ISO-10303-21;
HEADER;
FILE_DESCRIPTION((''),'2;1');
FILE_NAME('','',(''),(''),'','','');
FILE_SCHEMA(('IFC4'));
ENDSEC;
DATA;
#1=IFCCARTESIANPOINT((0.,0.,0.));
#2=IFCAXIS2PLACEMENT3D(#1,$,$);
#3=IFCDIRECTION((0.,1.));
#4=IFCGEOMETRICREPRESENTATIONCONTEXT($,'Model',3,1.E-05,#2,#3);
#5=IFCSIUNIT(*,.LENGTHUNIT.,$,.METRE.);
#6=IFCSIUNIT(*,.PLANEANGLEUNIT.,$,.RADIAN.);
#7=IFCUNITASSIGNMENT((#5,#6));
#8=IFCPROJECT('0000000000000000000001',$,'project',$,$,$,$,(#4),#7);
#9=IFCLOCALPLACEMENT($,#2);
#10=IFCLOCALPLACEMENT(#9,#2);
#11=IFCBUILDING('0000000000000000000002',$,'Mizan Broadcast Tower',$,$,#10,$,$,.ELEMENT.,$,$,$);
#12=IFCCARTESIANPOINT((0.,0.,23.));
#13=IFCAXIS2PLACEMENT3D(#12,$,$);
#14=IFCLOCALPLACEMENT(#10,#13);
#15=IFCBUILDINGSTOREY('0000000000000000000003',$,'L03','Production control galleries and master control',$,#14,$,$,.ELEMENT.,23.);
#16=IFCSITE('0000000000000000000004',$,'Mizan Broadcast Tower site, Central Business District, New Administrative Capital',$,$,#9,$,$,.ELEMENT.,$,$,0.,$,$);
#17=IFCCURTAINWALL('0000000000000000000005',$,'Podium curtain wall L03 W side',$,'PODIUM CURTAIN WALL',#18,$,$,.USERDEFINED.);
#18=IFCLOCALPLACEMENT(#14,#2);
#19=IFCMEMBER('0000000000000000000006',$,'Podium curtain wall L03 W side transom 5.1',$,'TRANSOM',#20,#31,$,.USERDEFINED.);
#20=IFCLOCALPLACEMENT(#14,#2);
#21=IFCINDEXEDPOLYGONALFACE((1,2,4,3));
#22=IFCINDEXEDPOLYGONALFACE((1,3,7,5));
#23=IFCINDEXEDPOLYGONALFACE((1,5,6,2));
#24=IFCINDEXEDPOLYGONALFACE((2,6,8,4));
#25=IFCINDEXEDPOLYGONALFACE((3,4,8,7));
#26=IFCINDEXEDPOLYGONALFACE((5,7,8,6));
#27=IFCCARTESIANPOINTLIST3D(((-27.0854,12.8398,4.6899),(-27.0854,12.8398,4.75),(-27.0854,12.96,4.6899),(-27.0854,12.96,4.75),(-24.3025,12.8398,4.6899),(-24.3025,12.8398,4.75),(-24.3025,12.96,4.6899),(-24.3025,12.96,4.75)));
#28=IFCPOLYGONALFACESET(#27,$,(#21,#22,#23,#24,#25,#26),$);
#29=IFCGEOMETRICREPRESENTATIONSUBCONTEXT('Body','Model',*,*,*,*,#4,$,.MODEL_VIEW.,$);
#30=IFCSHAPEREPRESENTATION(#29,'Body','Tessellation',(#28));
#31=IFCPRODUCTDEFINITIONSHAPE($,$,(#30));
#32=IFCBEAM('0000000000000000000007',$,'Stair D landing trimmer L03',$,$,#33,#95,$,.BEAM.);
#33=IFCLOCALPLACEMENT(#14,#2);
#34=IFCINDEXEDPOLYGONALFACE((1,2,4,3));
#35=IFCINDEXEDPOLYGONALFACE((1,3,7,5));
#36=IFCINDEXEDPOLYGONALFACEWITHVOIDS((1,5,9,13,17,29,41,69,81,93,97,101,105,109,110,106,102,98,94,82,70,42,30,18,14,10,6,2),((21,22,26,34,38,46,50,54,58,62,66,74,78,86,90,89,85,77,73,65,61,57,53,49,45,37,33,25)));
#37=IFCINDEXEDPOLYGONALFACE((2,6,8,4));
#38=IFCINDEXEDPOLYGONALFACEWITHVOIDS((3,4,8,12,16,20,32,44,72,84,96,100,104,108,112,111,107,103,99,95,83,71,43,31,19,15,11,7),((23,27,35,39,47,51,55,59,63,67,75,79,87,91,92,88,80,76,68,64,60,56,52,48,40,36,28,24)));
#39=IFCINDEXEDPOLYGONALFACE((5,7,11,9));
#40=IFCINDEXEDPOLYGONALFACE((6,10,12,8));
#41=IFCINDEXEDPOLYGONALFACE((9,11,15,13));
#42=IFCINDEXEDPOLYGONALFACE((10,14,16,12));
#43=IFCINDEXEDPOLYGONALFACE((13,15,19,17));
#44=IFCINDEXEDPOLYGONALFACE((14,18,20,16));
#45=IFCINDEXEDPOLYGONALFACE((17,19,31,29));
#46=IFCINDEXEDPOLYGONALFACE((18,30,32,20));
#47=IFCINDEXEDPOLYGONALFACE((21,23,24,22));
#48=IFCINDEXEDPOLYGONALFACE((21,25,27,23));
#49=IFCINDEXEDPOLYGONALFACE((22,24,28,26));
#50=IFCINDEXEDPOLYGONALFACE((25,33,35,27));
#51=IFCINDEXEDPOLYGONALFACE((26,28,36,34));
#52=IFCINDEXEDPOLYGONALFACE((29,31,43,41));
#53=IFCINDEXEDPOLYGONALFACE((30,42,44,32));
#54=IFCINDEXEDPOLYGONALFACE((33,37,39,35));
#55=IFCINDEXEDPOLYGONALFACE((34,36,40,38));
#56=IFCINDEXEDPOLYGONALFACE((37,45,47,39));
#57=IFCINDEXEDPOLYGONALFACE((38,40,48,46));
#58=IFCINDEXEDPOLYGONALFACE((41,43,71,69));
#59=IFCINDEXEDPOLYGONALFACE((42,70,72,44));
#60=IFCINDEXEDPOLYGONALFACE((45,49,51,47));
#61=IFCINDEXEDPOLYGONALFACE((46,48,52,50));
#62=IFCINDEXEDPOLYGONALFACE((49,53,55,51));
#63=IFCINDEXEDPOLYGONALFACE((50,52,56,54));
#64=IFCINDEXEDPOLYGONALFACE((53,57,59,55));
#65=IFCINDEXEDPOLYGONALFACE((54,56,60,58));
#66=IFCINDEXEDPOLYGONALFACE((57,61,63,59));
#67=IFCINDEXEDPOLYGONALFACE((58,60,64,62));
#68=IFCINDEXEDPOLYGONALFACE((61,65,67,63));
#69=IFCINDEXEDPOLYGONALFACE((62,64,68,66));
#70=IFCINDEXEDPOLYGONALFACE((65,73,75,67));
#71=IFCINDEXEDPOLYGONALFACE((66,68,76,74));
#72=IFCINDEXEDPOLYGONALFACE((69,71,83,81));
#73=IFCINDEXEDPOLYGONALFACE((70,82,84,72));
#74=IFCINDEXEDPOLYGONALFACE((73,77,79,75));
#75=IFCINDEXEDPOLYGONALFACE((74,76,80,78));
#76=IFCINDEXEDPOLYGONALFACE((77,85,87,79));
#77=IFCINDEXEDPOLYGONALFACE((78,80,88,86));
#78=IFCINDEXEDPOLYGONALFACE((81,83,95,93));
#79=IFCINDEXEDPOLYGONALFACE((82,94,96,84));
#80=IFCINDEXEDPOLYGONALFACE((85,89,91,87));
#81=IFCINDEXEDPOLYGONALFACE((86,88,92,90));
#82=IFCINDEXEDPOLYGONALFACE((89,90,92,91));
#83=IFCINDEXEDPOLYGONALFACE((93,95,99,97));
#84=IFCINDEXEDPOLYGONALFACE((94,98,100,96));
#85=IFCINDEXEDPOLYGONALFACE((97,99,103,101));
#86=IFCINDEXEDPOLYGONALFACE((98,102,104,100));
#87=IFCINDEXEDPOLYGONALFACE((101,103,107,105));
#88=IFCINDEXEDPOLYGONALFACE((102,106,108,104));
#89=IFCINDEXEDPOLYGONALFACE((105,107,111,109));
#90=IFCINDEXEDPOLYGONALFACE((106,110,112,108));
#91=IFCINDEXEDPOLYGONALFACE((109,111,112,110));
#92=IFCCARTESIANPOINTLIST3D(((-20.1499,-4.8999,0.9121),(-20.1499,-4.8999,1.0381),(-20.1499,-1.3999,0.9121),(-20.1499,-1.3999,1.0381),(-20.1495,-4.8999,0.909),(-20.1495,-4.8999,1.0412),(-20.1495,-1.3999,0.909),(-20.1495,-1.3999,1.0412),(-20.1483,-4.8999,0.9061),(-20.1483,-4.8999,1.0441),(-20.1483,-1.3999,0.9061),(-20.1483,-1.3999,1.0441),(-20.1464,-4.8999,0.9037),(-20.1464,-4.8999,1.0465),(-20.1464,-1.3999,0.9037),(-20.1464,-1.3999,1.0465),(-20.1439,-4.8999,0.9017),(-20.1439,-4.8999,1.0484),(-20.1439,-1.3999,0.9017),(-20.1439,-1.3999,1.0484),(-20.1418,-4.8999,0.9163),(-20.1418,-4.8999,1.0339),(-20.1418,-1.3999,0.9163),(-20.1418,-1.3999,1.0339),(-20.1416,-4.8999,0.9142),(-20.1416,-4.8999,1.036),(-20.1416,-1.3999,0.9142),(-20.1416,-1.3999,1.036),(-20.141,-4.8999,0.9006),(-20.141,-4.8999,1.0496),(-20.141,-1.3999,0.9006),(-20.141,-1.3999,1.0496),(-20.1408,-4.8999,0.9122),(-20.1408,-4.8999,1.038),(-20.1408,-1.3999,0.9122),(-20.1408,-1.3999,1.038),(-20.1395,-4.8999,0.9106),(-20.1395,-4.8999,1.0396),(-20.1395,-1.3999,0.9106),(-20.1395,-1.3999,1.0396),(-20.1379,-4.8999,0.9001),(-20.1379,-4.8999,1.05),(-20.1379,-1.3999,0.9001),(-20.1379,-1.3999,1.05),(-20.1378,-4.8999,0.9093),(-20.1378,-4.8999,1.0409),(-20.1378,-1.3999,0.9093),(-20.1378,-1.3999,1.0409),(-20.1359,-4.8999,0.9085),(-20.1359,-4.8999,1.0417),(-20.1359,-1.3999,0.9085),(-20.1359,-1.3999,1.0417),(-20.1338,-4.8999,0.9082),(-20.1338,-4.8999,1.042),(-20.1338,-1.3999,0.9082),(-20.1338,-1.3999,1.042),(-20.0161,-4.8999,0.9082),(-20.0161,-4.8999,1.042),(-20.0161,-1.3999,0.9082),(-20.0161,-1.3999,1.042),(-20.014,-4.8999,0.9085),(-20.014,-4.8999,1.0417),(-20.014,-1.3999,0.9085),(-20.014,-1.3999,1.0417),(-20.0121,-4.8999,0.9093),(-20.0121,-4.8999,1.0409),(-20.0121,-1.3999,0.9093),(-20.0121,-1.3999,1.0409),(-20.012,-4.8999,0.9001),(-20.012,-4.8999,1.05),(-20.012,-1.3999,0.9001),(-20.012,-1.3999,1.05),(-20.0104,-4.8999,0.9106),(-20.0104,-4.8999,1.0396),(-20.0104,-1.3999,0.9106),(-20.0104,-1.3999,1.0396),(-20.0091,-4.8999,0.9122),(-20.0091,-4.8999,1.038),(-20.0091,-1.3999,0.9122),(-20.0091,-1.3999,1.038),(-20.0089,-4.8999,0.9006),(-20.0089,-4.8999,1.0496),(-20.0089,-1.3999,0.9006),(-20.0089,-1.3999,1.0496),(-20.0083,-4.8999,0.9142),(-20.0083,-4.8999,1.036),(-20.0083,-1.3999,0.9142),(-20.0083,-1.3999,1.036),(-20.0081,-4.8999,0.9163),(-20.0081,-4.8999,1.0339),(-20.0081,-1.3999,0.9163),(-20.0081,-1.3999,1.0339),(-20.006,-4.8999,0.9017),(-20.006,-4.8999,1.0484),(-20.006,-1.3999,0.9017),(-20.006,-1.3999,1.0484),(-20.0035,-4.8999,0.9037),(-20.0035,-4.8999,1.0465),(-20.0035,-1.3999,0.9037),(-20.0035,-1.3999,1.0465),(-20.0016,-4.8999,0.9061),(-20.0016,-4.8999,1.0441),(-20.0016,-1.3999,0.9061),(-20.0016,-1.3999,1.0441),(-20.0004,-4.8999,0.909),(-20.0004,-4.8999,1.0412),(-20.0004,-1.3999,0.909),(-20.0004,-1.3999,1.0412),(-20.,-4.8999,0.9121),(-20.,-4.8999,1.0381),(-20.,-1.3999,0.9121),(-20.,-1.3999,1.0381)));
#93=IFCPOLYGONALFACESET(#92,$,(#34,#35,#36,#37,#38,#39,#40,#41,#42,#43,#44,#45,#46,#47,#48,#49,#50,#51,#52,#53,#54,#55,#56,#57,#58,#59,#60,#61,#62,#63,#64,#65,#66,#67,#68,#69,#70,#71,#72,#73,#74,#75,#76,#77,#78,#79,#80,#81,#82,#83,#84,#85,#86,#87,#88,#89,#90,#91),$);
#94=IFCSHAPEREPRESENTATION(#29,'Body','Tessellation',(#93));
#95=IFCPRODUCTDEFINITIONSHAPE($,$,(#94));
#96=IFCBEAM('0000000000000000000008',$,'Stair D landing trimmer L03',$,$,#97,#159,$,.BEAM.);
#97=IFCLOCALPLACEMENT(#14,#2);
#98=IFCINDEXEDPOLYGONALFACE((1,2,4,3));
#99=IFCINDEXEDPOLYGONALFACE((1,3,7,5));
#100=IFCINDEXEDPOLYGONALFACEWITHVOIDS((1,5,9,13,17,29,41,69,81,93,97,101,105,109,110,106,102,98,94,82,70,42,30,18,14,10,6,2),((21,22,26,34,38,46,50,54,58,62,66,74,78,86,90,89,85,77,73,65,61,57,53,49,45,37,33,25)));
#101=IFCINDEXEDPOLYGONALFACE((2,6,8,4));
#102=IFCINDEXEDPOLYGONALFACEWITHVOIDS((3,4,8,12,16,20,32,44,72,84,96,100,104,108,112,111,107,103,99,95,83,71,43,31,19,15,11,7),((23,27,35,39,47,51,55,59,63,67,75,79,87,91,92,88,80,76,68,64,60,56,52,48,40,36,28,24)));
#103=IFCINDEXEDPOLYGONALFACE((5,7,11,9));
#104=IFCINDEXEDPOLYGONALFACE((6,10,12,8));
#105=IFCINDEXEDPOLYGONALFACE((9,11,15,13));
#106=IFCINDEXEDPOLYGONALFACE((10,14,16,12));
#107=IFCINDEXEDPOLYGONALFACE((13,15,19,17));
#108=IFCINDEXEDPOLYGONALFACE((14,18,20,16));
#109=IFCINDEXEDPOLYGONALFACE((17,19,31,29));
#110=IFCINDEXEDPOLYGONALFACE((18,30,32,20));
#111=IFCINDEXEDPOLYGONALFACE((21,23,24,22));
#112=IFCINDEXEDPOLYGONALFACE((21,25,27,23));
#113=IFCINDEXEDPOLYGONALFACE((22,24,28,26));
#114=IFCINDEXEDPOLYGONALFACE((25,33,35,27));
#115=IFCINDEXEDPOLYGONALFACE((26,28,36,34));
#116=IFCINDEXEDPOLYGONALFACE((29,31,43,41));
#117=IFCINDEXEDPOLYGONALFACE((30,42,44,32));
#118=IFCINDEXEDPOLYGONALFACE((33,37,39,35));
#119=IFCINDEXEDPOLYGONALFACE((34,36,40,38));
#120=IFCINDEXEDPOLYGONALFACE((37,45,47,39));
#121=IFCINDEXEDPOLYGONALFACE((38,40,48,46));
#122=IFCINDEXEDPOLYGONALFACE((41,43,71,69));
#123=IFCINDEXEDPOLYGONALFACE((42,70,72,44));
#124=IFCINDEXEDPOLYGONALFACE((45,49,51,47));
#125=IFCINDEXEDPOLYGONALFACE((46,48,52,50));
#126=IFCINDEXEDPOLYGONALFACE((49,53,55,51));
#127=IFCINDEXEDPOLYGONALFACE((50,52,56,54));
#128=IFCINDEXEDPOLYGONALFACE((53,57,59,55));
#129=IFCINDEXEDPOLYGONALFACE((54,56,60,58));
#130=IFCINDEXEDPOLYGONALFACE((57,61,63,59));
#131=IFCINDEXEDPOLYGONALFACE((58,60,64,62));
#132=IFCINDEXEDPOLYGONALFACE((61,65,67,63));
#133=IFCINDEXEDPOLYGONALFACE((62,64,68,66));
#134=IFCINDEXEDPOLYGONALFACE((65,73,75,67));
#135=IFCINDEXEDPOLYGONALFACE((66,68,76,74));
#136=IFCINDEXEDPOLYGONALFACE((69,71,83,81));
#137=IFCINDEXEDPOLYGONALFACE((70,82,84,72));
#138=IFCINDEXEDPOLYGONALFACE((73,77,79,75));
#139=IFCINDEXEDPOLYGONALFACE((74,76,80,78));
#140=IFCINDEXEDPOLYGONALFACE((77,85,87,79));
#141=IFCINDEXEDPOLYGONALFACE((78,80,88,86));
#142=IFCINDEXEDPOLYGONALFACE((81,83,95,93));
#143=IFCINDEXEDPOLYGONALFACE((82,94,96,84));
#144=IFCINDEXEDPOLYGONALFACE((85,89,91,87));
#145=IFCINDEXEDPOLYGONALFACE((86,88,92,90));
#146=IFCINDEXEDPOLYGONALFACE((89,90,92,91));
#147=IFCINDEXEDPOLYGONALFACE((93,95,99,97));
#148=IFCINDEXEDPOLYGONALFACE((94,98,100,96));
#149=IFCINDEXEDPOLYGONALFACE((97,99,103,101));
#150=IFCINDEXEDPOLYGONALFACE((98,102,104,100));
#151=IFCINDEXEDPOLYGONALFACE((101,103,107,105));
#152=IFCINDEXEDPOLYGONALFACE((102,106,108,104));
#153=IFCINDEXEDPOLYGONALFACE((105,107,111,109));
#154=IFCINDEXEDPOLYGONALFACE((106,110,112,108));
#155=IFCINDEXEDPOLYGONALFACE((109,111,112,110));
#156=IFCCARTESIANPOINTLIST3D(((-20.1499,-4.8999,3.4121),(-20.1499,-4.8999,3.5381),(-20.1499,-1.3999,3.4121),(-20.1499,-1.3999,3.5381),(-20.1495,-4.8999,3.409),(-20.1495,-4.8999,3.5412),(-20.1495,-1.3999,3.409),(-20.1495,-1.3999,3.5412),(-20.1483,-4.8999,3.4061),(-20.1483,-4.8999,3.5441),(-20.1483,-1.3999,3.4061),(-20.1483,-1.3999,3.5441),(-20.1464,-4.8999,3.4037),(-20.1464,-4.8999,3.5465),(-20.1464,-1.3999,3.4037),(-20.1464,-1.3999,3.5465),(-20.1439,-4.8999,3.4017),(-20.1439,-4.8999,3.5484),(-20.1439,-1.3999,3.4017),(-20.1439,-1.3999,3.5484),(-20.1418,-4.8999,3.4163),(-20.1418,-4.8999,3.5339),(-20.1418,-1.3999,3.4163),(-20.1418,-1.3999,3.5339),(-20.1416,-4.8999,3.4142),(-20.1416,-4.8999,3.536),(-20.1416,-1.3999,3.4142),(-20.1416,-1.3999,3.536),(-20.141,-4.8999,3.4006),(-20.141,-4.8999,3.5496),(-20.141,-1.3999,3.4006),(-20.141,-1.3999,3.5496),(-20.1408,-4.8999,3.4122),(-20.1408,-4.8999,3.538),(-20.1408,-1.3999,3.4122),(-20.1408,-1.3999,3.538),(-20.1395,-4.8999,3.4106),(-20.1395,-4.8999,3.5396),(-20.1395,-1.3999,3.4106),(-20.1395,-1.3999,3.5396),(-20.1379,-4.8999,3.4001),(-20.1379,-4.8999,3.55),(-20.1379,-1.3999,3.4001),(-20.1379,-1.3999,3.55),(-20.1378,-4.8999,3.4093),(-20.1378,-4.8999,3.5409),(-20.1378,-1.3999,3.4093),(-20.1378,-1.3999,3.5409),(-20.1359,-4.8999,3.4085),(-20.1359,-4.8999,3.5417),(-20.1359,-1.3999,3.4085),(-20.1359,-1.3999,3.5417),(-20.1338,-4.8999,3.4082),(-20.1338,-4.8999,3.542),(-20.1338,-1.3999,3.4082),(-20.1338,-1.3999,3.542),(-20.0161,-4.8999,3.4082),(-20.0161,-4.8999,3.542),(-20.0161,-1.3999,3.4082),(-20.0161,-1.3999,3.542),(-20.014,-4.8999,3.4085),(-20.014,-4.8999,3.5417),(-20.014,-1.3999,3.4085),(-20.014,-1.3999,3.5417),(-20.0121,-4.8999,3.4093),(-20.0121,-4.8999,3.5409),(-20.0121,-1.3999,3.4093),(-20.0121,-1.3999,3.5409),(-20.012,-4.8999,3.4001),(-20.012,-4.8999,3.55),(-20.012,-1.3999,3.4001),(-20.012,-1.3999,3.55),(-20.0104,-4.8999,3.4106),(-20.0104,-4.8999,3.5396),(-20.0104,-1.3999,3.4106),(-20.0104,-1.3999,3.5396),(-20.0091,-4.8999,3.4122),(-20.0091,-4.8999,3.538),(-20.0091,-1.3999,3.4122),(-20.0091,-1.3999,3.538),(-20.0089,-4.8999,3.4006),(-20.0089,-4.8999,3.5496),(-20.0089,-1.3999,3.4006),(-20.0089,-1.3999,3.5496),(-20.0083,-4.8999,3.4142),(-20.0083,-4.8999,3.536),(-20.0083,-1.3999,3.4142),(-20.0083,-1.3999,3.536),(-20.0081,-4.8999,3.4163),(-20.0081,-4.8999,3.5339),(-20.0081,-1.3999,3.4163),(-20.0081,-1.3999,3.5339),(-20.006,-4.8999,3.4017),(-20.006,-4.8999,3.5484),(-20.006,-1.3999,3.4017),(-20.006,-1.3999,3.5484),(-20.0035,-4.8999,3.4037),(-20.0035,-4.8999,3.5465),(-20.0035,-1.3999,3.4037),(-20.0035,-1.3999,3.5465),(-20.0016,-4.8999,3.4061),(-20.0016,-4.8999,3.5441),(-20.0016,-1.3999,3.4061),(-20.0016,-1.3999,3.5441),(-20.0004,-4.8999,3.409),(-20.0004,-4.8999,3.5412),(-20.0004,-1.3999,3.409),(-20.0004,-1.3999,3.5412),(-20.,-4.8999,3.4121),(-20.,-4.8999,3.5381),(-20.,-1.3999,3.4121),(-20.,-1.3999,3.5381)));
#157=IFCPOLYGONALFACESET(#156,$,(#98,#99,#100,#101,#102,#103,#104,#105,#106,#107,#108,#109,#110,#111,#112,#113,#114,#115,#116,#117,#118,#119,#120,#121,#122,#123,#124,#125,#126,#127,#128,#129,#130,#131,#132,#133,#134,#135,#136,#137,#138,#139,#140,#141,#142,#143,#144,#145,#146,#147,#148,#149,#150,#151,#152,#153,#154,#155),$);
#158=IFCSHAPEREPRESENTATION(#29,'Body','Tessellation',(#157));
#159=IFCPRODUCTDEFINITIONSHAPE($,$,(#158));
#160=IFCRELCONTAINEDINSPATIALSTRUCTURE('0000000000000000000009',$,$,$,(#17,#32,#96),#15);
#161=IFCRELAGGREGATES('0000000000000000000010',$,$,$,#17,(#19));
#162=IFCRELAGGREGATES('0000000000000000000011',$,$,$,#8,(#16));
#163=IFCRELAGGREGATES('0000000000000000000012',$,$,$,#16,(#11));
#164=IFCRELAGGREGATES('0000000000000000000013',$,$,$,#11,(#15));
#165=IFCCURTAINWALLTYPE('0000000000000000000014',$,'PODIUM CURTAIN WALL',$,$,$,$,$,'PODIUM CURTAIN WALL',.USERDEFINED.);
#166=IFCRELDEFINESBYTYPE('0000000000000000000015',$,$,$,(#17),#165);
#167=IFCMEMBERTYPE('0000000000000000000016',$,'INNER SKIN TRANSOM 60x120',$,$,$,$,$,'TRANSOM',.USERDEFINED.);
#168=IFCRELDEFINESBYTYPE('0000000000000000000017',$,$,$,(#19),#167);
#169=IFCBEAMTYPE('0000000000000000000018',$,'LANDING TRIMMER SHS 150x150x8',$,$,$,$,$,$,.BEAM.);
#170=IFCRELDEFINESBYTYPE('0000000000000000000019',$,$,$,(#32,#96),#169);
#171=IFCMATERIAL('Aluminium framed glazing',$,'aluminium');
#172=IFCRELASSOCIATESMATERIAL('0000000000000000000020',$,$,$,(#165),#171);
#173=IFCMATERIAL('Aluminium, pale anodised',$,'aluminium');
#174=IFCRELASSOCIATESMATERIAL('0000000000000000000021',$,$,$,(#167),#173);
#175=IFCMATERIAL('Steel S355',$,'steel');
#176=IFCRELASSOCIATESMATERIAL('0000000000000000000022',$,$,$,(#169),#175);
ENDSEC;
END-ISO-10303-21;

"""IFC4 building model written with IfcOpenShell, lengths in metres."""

from ifc_helpers import new_model, si_unit, direction, frame, origin, origin_2d, place, context, subcontext, project, spatial, rectangle, hollow_rectangle, extrude, material, material_profile, profile_set, type_object, element, aggregate, save


model = new_model("IFC4")

# Units and contexts
model_context = context("Model", 3, precision=1e-05, world=origin(), true_north=direction((0.0, 1.0)))
body_context = subcontext(model_context, "Body", "Model", "MODEL_VIEW")
ifc_project = project(units=[si_unit("LENGTHUNIT", "METRE"), si_unit("PLANEANGLEUNIT", "RADIAN")], contexts=[model_context])

# Site, building, storey
site_placement = place(None, origin())
site = spatial("IfcSite", under=ifc_project, at=site_placement, Name="Mizan Broadcast Tower site, Central Business District, New Administrative Capital", CompositionType="ELEMENT", RefElevation=0.0)
building_placement = place(site_placement, origin())
building = spatial("IfcBuilding", under=site, at=building_placement, Name="Mizan Broadcast Tower", CompositionType="ELEMENT")
storey_placement = place(building_placement, frame((0.0, 0.0, 23.0)))
storey = spatial("IfcBuildingStorey", under=building, at=storey_placement, Name="L03", Description="Production control galleries and master control", CompositionType="ELEMENT", Elevation=23.0)

# Curtain wall, member
ifc_material_1 = material(Name="Aluminium framed glazing", Category="aluminium")
curtain_wall_type = type_object("IfcCurtainWallType", Name="PODIUM CURTAIN WALL", ElementType="PODIUM CURTAIN WALL", PredefinedType="USERDEFINED", material=ifc_material_1)
curtain_wall_placement = place(storey_placement, origin())
curtain_wall = element("IfcCurtainWall", 1, at=curtain_wall_placement, inside=storey, type_object=curtain_wall_type, Name="Podium curtain wall L03 W side", ObjectType="PODIUM CURTAIN WALL", PredefinedType="USERDEFINED")
ifc_material_2 = material(Name="Aluminium, pale anodised", Category="aluminium")
ifc_material_profile_1 = material_profile(ifc_material_2, rectangle(XDim=0.1201, YDim=0.0601, at=origin_2d()), Name="TRANSOM 120x60")
ifc_profile_set_1 = profile_set([ifc_material_profile_1], Name="Aluminium, pale anodised")
member_type_1 = type_object("IfcMemberType", Name="INNER SKIN TRANSOM 60x120", ElementType="TRANSOM", PredefinedType="USERDEFINED", material=ifc_profile_set_1)
member_1_placement = place(storey_placement, frame((-24.3025, 12.8999, 4.72), z_axis=(-1.0, 0.0, 0.0), x_axis=(0.0, -1.0, 0.0)))
member_1 = element("IfcMember", 2, at=member_1_placement, type_object=member_type_1, Name="Podium curtain wall L03 W side transom 5.1", ObjectType="TRANSOM", PredefinedType="USERDEFINED", context=body_context, shape_type="SweptSolid", body=[
    extrude(rectangle(XDim=0.1201, YDim=0.0601, at=origin_2d()), origin(), (0.0, 0.0, 1.0), 2.783),
])

# Beams
ifc_material_3 = material(Name="Steel S355", Category="steel")
ifc_material_profile_2 = material_profile(ifc_material_3, hollow_rectangle(XDim=0.1499, YDim=0.1499, WallThickness=0.0081, InnerFilletRadius=0.0081, OuterFilletRadius=0.012, at=origin_2d()), Name="SHS 150x150x8")
ifc_profile_set_2 = profile_set([ifc_material_profile_2], Name="Steel S355")
beam_type_1 = type_object("IfcBeamType", Name="LANDING TRIMMER SHS 150x150x8", PredefinedType="BEAM", material=ifc_profile_set_2)
for number, where, z_axis, x_axis, name in (
    (3, (-20.075, -1.3999, 0.9751), (0.0, -1.0, 0.0), (1.0, 0.0, 0.0), "Stair D landing trimmer L03"),
    (4, (-20.075, -1.3999, 3.4751), (0.0, -1.0, 0.0), (1.0, 0.0, 0.0), "Stair D landing trimmer L03"),
):
    element("IfcBeam", number, at=place(storey_placement, frame(where, z_axis=z_axis, x_axis=x_axis)), inside=storey, type_object=beam_type_1, Name=name, PredefinedType="BEAM", context=body_context, shape_type="SweptSolid", body=[
        extrude(hollow_rectangle(XDim=0.1499, YDim=0.1499, WallThickness=0.0081, InnerFilletRadius=0.0081, OuterFilletRadius=0.012, at=origin_2d()), origin(), (0.0, 0.0, 1.0), 3.5),
    ])

aggregate(curtain_wall, [member_1])

save(model, "model.ifc")
